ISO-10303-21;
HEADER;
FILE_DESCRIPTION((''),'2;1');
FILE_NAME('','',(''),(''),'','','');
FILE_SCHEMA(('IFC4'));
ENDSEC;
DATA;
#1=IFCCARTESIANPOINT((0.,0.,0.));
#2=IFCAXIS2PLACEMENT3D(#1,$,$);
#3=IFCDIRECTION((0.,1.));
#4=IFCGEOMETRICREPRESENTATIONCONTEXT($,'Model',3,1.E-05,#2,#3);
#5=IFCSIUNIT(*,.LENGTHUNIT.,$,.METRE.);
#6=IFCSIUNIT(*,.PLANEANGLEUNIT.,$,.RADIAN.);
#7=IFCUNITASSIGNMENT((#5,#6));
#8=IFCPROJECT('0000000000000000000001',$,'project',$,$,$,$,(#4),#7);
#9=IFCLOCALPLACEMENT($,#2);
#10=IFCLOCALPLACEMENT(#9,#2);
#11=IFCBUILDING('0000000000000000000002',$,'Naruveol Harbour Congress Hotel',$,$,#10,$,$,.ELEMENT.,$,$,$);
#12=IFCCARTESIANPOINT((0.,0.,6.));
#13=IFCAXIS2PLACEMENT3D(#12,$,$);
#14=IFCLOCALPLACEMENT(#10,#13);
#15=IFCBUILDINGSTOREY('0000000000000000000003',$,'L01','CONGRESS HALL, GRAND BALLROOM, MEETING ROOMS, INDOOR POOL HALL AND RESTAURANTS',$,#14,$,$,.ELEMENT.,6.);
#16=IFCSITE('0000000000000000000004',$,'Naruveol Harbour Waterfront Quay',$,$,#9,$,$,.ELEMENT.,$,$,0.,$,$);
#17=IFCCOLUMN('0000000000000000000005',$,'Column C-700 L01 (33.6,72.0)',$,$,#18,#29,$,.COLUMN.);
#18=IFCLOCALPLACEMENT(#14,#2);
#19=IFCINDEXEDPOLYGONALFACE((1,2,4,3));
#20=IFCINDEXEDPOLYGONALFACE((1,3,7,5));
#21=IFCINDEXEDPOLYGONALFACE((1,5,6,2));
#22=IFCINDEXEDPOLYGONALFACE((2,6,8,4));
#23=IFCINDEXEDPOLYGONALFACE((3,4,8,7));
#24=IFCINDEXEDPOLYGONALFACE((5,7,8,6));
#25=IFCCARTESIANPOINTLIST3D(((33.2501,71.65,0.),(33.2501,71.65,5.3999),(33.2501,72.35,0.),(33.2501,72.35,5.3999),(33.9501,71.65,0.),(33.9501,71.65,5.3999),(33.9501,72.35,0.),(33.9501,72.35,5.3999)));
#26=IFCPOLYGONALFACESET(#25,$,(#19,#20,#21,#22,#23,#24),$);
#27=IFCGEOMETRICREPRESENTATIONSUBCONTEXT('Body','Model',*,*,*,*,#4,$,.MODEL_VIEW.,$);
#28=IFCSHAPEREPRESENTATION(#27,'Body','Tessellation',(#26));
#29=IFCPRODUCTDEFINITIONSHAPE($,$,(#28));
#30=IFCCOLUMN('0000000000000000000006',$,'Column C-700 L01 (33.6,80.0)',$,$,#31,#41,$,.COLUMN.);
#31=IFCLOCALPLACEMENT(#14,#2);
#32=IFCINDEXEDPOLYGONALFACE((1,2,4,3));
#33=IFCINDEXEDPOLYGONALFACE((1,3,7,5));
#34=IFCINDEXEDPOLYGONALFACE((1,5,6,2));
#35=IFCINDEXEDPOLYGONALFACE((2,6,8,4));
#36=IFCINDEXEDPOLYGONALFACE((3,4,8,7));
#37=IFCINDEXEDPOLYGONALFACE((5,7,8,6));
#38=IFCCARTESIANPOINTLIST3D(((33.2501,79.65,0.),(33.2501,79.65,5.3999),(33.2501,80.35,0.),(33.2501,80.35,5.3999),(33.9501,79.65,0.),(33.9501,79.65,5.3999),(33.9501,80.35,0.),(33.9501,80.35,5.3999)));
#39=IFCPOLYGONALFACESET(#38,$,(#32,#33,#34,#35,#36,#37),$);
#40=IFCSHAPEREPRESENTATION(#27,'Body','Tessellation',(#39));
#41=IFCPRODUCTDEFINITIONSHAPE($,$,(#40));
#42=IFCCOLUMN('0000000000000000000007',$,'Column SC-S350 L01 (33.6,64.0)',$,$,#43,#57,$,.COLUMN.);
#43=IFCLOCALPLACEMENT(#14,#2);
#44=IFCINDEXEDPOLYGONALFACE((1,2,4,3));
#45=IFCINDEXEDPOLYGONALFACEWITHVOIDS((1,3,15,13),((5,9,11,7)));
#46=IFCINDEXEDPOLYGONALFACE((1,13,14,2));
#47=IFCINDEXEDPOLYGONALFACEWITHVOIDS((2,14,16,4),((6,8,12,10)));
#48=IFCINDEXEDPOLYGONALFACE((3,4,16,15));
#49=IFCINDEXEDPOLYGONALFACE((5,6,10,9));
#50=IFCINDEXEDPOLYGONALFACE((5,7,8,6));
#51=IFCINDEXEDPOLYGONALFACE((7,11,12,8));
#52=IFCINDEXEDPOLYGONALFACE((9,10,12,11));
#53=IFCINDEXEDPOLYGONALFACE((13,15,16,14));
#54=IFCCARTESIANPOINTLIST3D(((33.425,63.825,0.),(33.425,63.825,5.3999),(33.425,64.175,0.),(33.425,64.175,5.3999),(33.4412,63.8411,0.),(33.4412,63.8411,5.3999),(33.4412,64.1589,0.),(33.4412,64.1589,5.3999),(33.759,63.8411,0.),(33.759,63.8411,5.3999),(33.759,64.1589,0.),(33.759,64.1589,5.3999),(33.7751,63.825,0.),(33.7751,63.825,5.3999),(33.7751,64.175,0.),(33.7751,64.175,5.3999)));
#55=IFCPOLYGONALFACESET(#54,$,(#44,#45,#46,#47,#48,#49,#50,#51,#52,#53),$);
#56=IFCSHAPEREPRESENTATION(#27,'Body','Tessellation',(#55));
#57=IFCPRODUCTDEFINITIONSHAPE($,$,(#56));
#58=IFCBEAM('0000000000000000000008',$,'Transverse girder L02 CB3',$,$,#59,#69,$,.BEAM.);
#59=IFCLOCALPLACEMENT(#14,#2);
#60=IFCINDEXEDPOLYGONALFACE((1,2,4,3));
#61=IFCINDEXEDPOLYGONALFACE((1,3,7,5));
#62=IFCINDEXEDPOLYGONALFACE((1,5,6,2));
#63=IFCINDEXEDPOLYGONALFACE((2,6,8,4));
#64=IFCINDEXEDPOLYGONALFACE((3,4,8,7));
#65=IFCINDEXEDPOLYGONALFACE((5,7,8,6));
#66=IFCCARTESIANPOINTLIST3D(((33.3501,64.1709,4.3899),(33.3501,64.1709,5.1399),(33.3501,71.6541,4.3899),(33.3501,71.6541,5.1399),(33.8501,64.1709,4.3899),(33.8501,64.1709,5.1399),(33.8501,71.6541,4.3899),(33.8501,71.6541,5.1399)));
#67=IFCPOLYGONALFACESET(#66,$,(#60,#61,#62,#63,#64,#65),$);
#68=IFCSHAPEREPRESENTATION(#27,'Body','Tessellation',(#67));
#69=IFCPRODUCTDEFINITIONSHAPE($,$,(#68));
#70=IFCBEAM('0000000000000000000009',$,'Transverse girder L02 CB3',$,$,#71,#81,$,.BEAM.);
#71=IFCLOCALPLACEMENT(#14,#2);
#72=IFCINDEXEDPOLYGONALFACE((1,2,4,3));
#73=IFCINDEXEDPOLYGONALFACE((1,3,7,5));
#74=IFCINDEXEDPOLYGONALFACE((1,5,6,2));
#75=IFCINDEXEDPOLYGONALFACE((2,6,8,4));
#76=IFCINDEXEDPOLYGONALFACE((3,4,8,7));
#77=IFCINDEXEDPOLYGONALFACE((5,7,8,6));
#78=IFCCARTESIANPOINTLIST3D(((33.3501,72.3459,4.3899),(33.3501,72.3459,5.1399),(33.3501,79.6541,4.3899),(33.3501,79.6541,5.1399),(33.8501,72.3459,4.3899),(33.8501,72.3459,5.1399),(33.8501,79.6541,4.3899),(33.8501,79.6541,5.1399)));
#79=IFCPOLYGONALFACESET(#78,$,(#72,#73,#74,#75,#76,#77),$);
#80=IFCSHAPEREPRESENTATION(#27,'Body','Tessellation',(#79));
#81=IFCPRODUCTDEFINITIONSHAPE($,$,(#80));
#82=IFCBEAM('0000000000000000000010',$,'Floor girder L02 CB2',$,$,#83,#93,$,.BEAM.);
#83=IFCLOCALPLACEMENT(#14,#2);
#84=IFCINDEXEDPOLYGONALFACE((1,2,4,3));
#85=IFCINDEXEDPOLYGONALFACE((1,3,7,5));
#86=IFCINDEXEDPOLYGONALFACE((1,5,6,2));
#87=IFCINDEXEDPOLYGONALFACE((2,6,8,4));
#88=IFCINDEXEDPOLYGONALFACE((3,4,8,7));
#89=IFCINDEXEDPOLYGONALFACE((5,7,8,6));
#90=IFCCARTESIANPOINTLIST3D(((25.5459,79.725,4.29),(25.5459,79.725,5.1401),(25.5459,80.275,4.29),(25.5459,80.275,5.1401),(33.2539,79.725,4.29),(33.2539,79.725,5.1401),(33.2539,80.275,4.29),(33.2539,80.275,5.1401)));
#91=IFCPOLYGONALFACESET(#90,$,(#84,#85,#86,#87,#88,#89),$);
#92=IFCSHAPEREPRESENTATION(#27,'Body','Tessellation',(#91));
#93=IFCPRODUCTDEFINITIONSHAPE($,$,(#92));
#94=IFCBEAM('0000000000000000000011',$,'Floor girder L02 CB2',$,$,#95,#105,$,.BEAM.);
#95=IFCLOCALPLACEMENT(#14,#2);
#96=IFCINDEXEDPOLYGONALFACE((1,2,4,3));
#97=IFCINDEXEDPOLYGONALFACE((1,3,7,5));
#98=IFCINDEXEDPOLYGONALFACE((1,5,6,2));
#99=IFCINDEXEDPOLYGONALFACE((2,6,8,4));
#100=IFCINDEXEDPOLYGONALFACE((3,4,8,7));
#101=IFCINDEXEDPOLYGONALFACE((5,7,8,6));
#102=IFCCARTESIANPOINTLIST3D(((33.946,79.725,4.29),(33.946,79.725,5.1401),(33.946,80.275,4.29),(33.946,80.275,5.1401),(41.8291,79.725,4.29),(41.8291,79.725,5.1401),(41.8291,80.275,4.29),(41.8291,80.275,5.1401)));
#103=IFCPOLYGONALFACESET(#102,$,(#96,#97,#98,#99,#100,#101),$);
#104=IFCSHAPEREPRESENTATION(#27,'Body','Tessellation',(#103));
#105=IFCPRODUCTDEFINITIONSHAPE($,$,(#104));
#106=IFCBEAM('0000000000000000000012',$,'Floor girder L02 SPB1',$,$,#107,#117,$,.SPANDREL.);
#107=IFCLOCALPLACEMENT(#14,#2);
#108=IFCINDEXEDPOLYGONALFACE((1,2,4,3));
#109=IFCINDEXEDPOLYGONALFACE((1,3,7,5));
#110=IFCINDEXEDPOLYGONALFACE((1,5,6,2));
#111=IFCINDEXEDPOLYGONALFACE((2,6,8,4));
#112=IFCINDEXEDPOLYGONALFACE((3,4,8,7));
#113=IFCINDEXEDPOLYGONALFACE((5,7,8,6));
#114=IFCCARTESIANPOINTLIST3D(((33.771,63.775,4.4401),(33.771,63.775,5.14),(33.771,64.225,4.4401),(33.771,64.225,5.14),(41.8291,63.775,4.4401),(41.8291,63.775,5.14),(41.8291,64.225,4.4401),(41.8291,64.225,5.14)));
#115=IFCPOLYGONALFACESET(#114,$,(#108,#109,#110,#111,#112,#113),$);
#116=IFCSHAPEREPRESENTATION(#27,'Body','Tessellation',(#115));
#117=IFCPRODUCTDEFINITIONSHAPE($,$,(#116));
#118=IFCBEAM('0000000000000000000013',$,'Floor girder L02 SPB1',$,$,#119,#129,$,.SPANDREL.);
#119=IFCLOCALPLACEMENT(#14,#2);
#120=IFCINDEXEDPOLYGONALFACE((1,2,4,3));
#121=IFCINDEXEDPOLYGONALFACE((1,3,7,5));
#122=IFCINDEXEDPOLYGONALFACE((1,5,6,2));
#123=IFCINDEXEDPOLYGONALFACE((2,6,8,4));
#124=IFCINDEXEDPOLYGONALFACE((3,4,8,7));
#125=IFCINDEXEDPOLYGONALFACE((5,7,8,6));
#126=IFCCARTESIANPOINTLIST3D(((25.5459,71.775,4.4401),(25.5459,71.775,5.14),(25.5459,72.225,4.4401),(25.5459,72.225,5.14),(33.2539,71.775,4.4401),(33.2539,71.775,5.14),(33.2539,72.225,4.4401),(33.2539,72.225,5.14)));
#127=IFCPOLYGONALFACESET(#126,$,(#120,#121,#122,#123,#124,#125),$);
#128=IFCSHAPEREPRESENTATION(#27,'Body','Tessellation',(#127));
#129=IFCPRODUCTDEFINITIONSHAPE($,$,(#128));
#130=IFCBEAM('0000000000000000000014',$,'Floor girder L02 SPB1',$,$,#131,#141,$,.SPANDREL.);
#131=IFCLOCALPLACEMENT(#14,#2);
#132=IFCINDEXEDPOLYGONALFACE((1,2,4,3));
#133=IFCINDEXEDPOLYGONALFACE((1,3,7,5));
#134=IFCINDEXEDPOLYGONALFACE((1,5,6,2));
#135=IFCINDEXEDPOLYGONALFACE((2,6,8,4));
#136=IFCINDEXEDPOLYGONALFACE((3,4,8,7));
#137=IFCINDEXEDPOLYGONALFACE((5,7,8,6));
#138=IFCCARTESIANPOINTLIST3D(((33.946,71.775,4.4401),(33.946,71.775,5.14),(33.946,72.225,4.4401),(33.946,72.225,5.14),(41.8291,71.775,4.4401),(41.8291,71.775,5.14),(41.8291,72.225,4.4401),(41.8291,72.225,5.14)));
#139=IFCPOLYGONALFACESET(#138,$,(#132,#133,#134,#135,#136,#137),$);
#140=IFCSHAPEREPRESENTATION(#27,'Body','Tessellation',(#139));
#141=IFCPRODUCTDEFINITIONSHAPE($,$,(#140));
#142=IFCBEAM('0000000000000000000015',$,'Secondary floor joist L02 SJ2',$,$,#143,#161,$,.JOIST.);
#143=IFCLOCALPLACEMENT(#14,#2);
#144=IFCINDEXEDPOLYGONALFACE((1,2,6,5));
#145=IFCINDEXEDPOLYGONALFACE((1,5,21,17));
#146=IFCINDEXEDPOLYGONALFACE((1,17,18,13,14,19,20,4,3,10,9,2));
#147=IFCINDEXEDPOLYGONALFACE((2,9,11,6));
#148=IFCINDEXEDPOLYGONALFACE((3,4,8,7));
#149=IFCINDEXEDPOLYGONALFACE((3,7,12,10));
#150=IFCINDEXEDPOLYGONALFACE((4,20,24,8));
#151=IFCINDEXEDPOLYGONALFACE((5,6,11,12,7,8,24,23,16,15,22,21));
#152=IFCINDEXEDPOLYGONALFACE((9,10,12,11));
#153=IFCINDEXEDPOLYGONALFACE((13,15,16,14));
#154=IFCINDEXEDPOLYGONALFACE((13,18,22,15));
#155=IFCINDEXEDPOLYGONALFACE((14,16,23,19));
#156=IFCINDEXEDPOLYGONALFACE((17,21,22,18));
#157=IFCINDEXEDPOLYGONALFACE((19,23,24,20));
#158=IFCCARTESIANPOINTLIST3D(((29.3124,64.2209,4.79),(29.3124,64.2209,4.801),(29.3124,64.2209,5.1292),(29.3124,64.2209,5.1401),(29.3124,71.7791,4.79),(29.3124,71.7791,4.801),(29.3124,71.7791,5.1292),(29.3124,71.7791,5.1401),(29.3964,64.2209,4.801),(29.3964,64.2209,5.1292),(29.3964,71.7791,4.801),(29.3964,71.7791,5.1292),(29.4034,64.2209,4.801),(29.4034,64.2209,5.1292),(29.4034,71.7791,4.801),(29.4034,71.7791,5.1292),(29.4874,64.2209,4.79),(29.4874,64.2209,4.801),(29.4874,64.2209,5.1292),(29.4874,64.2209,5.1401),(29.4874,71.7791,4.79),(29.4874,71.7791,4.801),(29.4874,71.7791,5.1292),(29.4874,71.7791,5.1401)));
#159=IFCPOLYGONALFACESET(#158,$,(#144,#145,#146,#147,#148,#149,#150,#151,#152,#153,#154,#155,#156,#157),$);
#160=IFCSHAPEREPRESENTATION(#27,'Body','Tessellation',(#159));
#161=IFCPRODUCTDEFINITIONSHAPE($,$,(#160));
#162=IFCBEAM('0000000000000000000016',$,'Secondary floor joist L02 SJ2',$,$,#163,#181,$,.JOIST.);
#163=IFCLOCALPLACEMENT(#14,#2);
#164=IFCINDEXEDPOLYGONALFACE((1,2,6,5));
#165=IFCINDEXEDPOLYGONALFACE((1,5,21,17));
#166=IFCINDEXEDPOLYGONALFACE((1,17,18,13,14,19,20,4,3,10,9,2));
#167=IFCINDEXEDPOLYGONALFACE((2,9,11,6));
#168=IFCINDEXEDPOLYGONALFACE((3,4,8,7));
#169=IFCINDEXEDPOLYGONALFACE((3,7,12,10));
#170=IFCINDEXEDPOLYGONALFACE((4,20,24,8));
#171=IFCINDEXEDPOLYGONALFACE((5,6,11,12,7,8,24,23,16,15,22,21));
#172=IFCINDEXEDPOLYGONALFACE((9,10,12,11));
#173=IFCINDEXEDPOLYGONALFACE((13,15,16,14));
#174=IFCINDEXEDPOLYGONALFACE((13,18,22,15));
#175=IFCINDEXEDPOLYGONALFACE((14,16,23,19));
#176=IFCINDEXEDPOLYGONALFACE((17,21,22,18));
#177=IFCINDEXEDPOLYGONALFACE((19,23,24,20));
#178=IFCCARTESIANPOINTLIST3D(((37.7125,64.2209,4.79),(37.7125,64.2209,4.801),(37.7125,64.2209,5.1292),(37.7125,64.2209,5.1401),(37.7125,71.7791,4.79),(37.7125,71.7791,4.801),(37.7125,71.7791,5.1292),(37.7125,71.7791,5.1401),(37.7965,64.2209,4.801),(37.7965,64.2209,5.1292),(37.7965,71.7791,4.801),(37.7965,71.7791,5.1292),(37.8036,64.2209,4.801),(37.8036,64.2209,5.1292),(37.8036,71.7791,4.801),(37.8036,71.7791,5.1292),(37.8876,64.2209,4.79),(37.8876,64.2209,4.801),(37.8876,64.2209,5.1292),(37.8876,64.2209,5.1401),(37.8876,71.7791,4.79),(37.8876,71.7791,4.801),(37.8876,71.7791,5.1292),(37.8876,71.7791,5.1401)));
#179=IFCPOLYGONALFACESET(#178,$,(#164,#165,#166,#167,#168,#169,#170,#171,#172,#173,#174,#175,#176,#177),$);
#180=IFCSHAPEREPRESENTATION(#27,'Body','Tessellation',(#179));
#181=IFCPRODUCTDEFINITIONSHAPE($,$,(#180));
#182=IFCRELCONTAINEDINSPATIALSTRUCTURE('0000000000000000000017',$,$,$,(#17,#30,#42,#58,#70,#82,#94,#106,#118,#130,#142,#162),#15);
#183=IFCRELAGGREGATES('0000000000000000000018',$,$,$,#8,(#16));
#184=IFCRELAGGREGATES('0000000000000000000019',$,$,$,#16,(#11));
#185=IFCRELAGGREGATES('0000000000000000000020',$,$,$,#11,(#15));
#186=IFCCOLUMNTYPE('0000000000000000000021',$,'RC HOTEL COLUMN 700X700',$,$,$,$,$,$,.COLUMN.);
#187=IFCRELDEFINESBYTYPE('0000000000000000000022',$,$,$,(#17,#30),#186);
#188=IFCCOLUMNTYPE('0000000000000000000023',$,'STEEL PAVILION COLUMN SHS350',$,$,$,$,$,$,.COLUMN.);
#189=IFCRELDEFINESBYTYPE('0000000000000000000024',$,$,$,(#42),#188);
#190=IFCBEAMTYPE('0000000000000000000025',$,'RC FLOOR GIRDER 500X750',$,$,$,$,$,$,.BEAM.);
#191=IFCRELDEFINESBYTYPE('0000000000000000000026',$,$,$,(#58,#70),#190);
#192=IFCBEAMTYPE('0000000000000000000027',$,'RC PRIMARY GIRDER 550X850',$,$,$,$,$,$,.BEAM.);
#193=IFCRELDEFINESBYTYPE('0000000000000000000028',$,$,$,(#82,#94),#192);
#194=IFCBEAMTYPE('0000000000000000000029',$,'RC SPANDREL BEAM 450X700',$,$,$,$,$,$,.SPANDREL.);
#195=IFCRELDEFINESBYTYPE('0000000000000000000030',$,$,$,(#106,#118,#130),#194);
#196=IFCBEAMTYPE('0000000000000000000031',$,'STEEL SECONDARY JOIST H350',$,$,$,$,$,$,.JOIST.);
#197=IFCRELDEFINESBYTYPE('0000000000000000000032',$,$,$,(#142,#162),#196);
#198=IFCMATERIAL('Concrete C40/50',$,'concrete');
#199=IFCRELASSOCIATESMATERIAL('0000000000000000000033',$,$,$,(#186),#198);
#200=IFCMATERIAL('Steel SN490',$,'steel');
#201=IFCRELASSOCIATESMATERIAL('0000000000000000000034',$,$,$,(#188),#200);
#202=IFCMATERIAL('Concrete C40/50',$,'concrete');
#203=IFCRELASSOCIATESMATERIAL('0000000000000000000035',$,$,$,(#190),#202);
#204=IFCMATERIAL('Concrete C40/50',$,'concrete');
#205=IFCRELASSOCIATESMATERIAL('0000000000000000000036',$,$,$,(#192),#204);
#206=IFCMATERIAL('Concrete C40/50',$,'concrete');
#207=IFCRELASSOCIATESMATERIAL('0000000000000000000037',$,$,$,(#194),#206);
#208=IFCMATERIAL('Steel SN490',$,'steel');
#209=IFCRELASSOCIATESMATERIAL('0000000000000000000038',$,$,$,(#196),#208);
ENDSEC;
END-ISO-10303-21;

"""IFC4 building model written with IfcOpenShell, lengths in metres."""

from ifc_helpers import new_model, si_unit, direction, frame, origin, origin_2d, place, context, subcontext, project, spatial, rectangle, hollow_rectangle, i_section, extrude, material, material_profile, profile_set, type_object, element, save


model = new_model("IFC4")

# Units and contexts
model_context = context("Model", 3, precision=1e-05, world=origin(), true_north=direction((0.0, 1.0)))
body_context = subcontext(model_context, "Body", "Model", "MODEL_VIEW")
ifc_project = project(units=[si_unit("LENGTHUNIT", "METRE"), si_unit("PLANEANGLEUNIT", "RADIAN")], contexts=[model_context])

# Site, building, storey
site_placement = place(None, origin())
site = spatial("IfcSite", under=ifc_project, at=site_placement, Name="Naruveol Harbour Waterfront Quay", CompositionType="ELEMENT", RefElevation=0.0)
building_placement = place(site_placement, origin())
building = spatial("IfcBuilding", under=site, at=building_placement, Name="Naruveol Harbour Congress Hotel", CompositionType="ELEMENT")
storey_placement = place(building_placement, frame((0.0, 0.0, 6.0)))
storey = spatial("IfcBuildingStorey", under=building, at=storey_placement, Name="L01", Description="CONGRESS HALL, GRAND BALLROOM, MEETING ROOMS, INDOOR POOL HALL AND RESTAURANTS", CompositionType="ELEMENT", Elevation=6.0)

# Columns
ifc_material_1 = material(Name="Concrete C40/50", Category="concrete")
ifc_material_profile_1 = material_profile(ifc_material_1, rectangle(XDim=0.7, YDim=0.7, at=origin_2d()), Name="RC-700x700")
ifc_profile_set_1 = profile_set([ifc_material_profile_1], Name="Concrete C40/50")
column_type_1 = type_object("IfcColumnType", Name="RC HOTEL COLUMN 700X700", PredefinedType="COLUMN", material=ifc_profile_set_1)
for number, where, z_axis, x_axis, name in (
    (1, (33.6001, 72.0, 0.0), (0.0, 0.0, 1.0), (1.0, 0.0, 0.0), "Column C-700 L01 (33.6,72.0)"),
    (2, (33.6001, 80.0, 0.0), (0.0, 0.0, 1.0), (1.0, 0.0, 0.0), "Column C-700 L01 (33.6,80.0)"),
):
    element("IfcColumn", number, at=place(storey_placement, frame(where, z_axis=z_axis, x_axis=x_axis)), inside=storey, type_object=column_type_1, Name=name, PredefinedType="COLUMN", context=body_context, shape_type="SweptSolid", body=[
        extrude(rectangle(XDim=0.7, YDim=0.7, at=origin_2d()), origin(), (0.0, 0.0, 1.0), 5.3999),
    ])
ifc_material_2 = material(Name="Steel SN490", Category="steel")
ifc_material_profile_2 = material_profile(ifc_material_2, hollow_rectangle(XDim=0.3501, YDim=0.3501, WallThickness=0.0161, at=origin_2d()), Name="SHS-350x350x16")
ifc_profile_set_2 = profile_set([ifc_material_profile_2], Name="Steel SN490")
column_type_2 = type_object("IfcColumnType", Name="STEEL PAVILION COLUMN SHS350", PredefinedType="COLUMN", material=ifc_profile_set_2)
column_placement = place(storey_placement, frame((33.6001, 64.0, 0.0), z_axis=(0.0, 0.0, 1.0), x_axis=(1.0, 0.0, 0.0)))
element("IfcColumn", 3, at=column_placement, inside=storey, type_object=column_type_2, Name="Column SC-S350 L01 (33.6,64.0)", PredefinedType="COLUMN", context=body_context, shape_type="SweptSolid", body=[
    extrude(hollow_rectangle(XDim=0.3501, YDim=0.3501, WallThickness=0.0161, at=origin_2d()), origin(), (0.0, 0.0, 1.0), 5.3999),
])

# Beams
ifc_material_3 = material(Name="Concrete C40/50", Category="concrete")
ifc_material_profile_3 = material_profile(ifc_material_3, rectangle(XDim=0.5, YDim=0.75, at=origin_2d()), Name="RCB-500x750")
ifc_profile_set_3 = profile_set([ifc_material_profile_3], Name="Concrete C40/50")
beam_type_1 = type_object("IfcBeamType", Name="RC FLOOR GIRDER 500X750", PredefinedType="BEAM", material=ifc_profile_set_3)
beam_1_placement = place(storey_placement, frame((33.6001, 64.1709, 4.7649), z_axis=(0.0, 1.0, 0.0), x_axis=(-1.0, 0.0, 0.0)))
element("IfcBeam", 4, at=beam_1_placement, inside=storey, type_object=beam_type_1, Name="Transverse girder L02 CB3", PredefinedType="BEAM", context=body_context, shape_type="SweptSolid", body=[
    extrude(rectangle(XDim=0.5, YDim=0.75, at=origin_2d()), origin(), (0.0, 0.0, 1.0), 7.4832),
])
beam_2_placement = place(storey_placement, frame((33.6001, 72.3459, 4.7649), z_axis=(0.0, 1.0, 0.0), x_axis=(-1.0, 0.0, 0.0)))
element("IfcBeam", 5, at=beam_2_placement, inside=storey, type_object=beam_type_1, Name="Transverse girder L02 CB3", PredefinedType="BEAM", context=body_context, shape_type="SweptSolid", body=[
    extrude(rectangle(XDim=0.5, YDim=0.75, at=origin_2d()), origin(), (0.0, 0.0, 1.0), 7.3081),
])
ifc_material_4 = material(Name="Concrete C40/50", Category="concrete")
ifc_material_profile_4 = material_profile(ifc_material_4, rectangle(XDim=0.55, YDim=0.8501, at=origin_2d()), Name="RCB-550x850")
ifc_profile_set_4 = profile_set([ifc_material_profile_4], Name="Concrete C40/50")
beam_type_2 = type_object("IfcBeamType", Name="RC PRIMARY GIRDER 550X850", PredefinedType="BEAM", material=ifc_profile_set_4)
beam_3_placement = place(storey_placement, frame((25.5459, 80.0, 4.7151), z_axis=(1.0, 0.0, 0.0), x_axis=(0.0, 1.0, 0.0)))
element("IfcBeam", 6, at=beam_3_placement, inside=storey, type_object=beam_type_2, Name="Floor girder L02 CB2", PredefinedType="BEAM", context=body_context, shape_type="SweptSolid", body=[
    extrude(rectangle(XDim=0.55, YDim=0.8501, at=origin_2d()), origin(), (0.0, 0.0, 1.0), 7.708),
])
beam_4_placement = place(storey_placement, frame((33.946, 80.0, 4.7151), z_axis=(1.0, 0.0, 0.0), x_axis=(0.0, 1.0, 0.0)))
element("IfcBeam", 7, at=beam_4_placement, inside=storey, type_object=beam_type_2, Name="Floor girder L02 CB2", PredefinedType="BEAM", context=body_context, shape_type="SweptSolid", body=[
    extrude(rectangle(XDim=0.55, YDim=0.8501, at=origin_2d()), origin(), (0.0, 0.0, 1.0), 7.8831),
])
ifc_material_5 = material(Name="Concrete C40/50", Category="concrete")
ifc_material_profile_5 = material_profile(ifc_material_5, rectangle(XDim=0.45, YDim=0.7, at=origin_2d()), Name="RCB-450x700")
ifc_profile_set_5 = profile_set([ifc_material_profile_5], Name="Concrete C40/50")
beam_type_3 = type_object("IfcBeamType", Name="RC SPANDREL BEAM 450X700", PredefinedType="SPANDREL", material=ifc_profile_set_5)
beam_5_placement = place(storey_placement, frame((33.771, 64.0, 4.79), z_axis=(1.0, 0.0, 0.0), x_axis=(0.0, 1.0, 0.0)))
element("IfcBeam", 8, at=beam_5_placement, inside=storey, type_object=beam_type_3, Name="Floor girder L02 SPB1", PredefinedType="SPANDREL", context=body_context, shape_type="SweptSolid", body=[
    extrude(rectangle(XDim=0.45, YDim=0.7, at=origin_2d()), origin(), (0.0, 0.0, 1.0), 8.0581),
])
beam_6_placement = place(storey_placement, frame((25.5459, 72.0, 4.79), z_axis=(1.0, 0.0, 0.0), x_axis=(0.0, 1.0, 0.0)))
element("IfcBeam", 9, at=beam_6_placement, inside=storey, type_object=beam_type_3, Name="Floor girder L02 SPB1", PredefinedType="SPANDREL", context=body_context, shape_type="SweptSolid", body=[
    extrude(rectangle(XDim=0.45, YDim=0.7, at=origin_2d()), origin(), (0.0, 0.0, 1.0), 7.708),
])
beam_7_placement = place(storey_placement, frame((33.946, 72.0, 4.79), z_axis=(1.0, 0.0, 0.0), x_axis=(0.0, 1.0, 0.0)))
element("IfcBeam", 10, at=beam_7_placement, inside=storey, type_object=beam_type_3, Name="Floor girder L02 SPB1", PredefinedType="SPANDREL", context=body_context, shape_type="SweptSolid", body=[
    extrude(rectangle(XDim=0.45, YDim=0.7, at=origin_2d()), origin(), (0.0, 0.0, 1.0), 7.8831),
])
ifc_material_6 = material(Name="Steel SN490", Category="steel")
ifc_material_profile_6 = material_profile(ifc_material_6, i_section(OverallWidth=0.175, OverallDepth=0.3501, WebThickness=0.0071, FlangeThickness=0.011, at=origin_2d()), Name="H-350x175x7x11")
ifc_profile_set_6 = profile_set([ifc_material_profile_6], Name="Steel SN490")
beam_type_4 = type_object("IfcBeamType", Name="STEEL SECONDARY JOIST H350", PredefinedType="JOIST", material=ifc_profile_set_6)
for number, where, z_axis, x_axis, name in (
    (11, (29.3999, 64.2209, 4.9651), (0.0, 1.0, 0.0), (-1.0, 0.0, 0.0), "Secondary floor joist L02 SJ2"),
    (12, (37.8, 64.2209, 4.9651), (0.0, 1.0, 0.0), (-1.0, 0.0, 0.0), "Secondary floor joist L02 SJ2"),
):
    element("IfcBeam", number, at=place(storey_placement, frame(where, z_axis=z_axis, x_axis=x_axis)), inside=storey, type_object=beam_type_4, Name=name, PredefinedType="JOIST", context=body_context, shape_type="SweptSolid", body=[
        extrude(i_section(OverallWidth=0.175, OverallDepth=0.3501, WebThickness=0.0071, FlangeThickness=0.011, at=origin_2d()), origin(), (0.0, 0.0, 1.0), 7.5581),
    ])

save(model, "model.ifc")
